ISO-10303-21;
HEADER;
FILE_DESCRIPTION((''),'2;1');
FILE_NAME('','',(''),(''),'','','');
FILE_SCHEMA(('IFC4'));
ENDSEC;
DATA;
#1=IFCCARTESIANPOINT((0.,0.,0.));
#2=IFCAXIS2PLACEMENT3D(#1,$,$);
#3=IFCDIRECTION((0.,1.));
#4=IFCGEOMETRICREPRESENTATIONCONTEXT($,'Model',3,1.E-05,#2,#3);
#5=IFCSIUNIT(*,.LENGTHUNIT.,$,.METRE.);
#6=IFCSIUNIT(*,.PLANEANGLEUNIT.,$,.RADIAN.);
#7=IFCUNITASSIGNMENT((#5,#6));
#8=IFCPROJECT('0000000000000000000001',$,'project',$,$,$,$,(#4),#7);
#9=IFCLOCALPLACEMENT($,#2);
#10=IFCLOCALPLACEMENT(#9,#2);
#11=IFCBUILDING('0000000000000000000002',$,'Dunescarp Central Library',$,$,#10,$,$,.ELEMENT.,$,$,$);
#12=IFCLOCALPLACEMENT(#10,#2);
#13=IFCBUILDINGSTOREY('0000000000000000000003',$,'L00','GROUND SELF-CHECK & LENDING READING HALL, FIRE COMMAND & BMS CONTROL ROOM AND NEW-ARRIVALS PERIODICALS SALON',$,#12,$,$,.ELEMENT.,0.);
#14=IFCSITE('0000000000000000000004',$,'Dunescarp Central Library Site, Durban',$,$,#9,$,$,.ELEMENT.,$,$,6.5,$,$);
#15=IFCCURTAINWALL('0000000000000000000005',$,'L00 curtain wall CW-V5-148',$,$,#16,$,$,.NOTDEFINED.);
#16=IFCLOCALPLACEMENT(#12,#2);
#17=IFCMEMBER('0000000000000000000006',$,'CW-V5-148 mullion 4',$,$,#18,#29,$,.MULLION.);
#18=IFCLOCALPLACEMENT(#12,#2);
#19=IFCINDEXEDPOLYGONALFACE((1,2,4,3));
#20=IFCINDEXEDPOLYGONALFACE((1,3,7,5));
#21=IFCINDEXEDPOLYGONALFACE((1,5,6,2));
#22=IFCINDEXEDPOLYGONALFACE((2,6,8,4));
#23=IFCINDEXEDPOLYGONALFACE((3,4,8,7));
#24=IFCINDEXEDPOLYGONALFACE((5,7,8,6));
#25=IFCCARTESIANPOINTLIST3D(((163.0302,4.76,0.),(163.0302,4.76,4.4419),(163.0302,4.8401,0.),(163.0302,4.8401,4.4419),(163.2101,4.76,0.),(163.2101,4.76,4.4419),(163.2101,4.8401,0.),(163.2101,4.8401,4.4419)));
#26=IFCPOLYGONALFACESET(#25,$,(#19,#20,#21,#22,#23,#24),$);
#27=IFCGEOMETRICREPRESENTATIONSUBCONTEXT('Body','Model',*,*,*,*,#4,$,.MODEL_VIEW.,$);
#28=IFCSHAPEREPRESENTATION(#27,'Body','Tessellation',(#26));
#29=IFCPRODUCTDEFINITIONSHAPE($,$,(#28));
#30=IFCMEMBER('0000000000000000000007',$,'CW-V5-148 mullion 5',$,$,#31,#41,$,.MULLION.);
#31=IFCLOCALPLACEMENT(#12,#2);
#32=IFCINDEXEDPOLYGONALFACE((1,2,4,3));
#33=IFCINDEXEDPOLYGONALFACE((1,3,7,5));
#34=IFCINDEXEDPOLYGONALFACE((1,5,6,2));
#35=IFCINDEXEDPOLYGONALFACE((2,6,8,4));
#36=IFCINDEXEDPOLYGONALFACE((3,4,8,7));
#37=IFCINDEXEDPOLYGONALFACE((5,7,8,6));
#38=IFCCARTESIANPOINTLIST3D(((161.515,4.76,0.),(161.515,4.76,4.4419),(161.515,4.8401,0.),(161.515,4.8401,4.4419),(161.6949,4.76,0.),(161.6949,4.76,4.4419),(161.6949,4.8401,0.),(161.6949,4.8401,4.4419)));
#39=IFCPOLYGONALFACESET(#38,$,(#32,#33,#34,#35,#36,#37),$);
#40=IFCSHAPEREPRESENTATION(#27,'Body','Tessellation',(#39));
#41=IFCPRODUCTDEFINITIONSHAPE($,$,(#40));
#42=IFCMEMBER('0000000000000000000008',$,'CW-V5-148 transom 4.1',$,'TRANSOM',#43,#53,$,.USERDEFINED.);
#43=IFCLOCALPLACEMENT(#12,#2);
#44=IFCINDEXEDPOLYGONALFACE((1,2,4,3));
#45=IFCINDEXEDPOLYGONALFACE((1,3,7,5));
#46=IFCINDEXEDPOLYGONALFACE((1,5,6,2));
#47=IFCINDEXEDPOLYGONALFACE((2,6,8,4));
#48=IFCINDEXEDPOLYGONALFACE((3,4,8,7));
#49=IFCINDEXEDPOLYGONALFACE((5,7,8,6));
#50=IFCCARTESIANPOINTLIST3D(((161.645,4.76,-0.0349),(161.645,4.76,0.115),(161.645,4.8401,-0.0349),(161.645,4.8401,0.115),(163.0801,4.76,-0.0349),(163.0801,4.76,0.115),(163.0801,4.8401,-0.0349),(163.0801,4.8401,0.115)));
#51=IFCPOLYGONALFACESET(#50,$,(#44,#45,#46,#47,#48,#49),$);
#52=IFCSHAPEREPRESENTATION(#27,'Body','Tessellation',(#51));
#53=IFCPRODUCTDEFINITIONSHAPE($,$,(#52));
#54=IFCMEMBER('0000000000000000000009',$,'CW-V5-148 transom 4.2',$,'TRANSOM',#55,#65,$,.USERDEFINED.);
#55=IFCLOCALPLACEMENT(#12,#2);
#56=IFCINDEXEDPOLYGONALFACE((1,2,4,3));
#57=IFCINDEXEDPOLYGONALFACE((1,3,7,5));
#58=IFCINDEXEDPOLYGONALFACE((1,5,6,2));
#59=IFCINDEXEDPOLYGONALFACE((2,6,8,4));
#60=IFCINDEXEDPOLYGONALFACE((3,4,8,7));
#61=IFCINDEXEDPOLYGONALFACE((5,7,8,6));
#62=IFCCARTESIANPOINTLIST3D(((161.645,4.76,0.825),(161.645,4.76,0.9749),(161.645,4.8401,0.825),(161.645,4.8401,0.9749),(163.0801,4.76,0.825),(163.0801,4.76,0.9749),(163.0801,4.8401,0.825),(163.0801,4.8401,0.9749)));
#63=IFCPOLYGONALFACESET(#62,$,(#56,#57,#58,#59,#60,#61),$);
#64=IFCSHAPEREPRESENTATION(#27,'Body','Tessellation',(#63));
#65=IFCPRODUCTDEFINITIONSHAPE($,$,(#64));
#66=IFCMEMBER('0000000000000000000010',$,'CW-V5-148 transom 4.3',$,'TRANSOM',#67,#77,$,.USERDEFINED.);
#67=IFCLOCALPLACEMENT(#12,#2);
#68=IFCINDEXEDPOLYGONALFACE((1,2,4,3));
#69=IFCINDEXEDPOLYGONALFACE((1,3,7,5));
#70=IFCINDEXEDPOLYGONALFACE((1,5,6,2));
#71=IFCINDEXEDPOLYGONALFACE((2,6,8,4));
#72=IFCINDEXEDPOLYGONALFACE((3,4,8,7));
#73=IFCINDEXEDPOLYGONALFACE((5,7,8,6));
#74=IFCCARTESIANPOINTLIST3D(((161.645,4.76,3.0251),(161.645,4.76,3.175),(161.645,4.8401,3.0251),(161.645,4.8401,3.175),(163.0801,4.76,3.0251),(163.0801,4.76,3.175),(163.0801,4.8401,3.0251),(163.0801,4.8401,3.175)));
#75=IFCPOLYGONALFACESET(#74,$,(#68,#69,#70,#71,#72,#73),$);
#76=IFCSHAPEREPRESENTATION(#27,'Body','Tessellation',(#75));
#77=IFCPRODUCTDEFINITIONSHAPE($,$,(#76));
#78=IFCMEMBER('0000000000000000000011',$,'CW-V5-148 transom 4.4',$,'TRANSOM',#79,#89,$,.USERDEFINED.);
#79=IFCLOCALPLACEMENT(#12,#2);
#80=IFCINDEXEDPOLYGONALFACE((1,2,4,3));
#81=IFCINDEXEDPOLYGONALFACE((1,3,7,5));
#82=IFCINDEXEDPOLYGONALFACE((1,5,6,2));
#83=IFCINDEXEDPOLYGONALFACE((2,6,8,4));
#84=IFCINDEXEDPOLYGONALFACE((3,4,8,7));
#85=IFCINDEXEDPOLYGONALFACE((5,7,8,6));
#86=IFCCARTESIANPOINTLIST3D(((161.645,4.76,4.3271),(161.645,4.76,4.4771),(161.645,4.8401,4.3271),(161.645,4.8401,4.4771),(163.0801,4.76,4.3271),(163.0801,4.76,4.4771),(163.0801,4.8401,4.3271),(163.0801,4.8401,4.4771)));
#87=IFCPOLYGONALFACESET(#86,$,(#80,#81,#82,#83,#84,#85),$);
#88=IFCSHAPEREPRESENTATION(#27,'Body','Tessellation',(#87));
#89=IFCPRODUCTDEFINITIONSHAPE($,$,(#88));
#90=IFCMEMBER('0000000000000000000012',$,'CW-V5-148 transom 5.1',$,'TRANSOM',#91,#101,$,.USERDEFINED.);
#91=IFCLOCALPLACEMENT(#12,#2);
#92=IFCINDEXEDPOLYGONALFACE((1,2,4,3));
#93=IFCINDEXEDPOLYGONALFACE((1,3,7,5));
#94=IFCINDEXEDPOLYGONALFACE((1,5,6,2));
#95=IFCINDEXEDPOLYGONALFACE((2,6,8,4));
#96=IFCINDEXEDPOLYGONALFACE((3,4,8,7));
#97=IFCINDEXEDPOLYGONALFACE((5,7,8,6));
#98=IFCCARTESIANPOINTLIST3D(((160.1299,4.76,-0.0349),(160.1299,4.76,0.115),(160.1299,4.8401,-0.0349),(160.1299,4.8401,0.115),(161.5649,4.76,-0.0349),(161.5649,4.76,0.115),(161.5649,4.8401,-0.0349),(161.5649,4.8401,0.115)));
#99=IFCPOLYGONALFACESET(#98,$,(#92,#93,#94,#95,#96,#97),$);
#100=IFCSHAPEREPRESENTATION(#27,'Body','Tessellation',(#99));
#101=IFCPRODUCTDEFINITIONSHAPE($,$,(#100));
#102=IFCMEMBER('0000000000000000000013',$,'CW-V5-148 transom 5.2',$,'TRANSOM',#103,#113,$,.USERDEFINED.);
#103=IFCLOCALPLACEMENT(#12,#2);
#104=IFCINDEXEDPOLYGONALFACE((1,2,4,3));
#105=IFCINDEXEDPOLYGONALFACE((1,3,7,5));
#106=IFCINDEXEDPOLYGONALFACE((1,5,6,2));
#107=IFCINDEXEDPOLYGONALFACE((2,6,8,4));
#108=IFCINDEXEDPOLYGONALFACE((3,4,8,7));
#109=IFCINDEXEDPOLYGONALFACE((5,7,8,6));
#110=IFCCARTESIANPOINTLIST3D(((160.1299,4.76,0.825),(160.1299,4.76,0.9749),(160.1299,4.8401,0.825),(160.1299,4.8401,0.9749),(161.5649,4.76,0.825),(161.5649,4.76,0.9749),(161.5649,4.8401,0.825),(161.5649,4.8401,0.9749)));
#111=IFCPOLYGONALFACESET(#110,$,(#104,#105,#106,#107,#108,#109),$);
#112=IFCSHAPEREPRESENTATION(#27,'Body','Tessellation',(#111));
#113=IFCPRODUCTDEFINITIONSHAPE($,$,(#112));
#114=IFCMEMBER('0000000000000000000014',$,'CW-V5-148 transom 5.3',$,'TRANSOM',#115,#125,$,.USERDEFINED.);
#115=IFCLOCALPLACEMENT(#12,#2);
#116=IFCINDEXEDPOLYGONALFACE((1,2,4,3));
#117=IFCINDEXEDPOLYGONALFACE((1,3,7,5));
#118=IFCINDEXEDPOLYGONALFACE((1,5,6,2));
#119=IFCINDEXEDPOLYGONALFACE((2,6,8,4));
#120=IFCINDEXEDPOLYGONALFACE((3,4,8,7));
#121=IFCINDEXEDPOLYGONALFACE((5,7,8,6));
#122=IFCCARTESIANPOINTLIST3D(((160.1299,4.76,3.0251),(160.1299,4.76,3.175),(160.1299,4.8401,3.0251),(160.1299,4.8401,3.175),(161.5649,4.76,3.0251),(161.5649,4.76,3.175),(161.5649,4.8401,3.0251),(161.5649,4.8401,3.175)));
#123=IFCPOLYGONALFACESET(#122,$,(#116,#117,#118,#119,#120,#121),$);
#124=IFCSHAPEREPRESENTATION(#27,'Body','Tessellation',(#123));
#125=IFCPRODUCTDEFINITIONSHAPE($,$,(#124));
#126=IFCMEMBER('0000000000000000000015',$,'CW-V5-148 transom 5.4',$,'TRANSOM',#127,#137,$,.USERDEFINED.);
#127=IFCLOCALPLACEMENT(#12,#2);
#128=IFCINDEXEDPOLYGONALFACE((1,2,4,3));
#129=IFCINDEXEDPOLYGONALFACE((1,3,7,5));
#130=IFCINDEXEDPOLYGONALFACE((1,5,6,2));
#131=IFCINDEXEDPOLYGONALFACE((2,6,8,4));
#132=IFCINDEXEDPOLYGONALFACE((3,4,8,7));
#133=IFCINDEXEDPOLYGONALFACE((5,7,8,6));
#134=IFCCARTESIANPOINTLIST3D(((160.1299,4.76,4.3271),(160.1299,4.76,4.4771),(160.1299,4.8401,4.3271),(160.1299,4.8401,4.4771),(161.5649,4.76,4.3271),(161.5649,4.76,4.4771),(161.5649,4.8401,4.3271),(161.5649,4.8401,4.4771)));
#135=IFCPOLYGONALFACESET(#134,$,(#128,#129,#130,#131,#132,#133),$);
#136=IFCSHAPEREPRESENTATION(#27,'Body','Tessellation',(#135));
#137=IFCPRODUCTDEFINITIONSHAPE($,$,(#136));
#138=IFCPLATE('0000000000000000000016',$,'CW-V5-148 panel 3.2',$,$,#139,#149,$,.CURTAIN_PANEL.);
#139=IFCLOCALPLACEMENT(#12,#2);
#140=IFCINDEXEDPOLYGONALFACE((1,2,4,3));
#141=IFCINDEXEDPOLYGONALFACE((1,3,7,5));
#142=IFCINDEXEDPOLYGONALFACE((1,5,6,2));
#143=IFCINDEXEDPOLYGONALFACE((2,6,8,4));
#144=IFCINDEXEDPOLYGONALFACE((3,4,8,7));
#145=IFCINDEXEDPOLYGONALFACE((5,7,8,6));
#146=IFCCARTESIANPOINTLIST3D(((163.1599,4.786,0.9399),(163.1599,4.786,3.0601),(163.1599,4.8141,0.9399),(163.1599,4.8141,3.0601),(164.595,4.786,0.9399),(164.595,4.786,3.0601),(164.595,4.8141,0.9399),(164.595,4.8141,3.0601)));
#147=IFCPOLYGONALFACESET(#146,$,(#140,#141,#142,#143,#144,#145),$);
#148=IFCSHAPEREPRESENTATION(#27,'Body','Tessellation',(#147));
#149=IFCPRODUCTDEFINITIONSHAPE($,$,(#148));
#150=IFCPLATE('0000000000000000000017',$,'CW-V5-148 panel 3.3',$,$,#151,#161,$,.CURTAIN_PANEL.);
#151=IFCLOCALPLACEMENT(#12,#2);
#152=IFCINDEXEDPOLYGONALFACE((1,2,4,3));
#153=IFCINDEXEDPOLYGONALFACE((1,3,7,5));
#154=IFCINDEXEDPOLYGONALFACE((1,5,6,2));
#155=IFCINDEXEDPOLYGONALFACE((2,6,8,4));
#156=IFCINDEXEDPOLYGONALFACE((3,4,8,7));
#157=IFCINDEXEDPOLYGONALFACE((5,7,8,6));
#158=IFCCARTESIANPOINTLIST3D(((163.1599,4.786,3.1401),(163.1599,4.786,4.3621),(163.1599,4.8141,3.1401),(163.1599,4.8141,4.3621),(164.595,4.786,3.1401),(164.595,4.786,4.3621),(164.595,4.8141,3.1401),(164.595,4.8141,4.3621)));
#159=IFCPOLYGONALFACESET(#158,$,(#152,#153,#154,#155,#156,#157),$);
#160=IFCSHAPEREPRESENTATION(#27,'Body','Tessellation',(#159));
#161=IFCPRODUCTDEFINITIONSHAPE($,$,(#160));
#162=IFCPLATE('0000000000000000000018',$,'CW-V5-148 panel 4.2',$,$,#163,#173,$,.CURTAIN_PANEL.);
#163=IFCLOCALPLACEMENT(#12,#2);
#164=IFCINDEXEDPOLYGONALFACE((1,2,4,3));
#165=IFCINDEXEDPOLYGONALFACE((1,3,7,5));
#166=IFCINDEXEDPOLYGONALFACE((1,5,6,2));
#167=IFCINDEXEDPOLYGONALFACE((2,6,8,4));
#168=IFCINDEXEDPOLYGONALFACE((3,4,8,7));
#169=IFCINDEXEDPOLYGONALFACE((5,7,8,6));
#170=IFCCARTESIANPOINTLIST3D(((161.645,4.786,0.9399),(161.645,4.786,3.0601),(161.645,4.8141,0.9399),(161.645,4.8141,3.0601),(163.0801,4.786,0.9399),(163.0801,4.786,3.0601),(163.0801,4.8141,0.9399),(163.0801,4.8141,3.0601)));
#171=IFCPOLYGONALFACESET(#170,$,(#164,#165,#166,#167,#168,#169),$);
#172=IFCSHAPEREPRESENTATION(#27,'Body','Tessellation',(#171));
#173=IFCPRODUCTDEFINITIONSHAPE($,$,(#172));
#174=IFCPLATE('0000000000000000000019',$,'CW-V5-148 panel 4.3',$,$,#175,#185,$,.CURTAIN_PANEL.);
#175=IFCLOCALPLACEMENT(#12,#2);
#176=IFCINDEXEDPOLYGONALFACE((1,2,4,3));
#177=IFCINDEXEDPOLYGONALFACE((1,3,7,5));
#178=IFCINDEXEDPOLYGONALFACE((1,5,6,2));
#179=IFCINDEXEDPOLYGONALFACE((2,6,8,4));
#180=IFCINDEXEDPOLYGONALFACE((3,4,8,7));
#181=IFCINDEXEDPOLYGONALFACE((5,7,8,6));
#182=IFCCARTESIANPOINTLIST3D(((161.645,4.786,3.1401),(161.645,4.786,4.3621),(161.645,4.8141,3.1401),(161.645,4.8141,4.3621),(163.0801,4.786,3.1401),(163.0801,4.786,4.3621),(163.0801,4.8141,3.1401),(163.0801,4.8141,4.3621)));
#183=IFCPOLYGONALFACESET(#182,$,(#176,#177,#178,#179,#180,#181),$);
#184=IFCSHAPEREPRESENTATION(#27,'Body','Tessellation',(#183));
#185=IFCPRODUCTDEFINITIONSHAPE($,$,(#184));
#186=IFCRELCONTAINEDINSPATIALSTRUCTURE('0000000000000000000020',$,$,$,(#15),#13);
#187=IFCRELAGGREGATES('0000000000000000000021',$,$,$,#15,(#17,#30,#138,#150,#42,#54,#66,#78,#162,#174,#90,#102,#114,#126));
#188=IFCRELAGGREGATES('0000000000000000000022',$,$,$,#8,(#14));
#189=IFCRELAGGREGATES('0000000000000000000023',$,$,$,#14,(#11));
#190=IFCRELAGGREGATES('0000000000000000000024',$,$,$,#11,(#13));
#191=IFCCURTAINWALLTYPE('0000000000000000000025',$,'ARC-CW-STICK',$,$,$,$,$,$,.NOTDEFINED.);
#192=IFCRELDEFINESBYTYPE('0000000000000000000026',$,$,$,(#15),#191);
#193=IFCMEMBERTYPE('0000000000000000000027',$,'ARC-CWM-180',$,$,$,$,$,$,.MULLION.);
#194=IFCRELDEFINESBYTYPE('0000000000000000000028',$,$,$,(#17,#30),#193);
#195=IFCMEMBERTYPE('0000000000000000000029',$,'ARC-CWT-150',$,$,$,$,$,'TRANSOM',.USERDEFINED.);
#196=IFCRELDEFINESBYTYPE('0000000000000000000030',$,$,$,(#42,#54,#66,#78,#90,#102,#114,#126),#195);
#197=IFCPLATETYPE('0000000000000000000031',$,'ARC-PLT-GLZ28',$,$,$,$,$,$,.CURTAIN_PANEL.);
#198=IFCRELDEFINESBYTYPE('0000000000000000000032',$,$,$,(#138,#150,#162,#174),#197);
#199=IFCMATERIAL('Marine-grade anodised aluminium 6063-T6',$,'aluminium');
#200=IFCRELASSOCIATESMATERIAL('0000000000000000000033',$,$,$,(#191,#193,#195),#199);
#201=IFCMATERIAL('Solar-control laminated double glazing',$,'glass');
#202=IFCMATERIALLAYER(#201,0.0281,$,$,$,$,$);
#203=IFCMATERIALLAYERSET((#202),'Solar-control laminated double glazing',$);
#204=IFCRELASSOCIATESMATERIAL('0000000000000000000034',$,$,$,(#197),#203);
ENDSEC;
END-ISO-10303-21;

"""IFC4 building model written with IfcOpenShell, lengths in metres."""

from ifc_helpers import new_model, si_unit, direction, frame, origin, origin_2d, place, context, subcontext, project, spatial, rectangle, extrude, material, layer, layer_set, material_profile, profile_set, type_object, element, aggregate, save


model = new_model("IFC4")

# Units and contexts
model_context = context("Model", 3, precision=1e-05, world=origin(), true_north=direction((0.0, 1.0)))
body_context = subcontext(model_context, "Body", "Model", "MODEL_VIEW")
ifc_project = project(units=[si_unit("LENGTHUNIT", "METRE"), si_unit("PLANEANGLEUNIT", "RADIAN")], contexts=[model_context])

# Site, building, storey
site_placement = place(None, origin())
site = spatial("IfcSite", under=ifc_project, at=site_placement, Name="Dunescarp Central Library Site, Durban", CompositionType="ELEMENT", RefElevation=6.5)
building_placement = place(site_placement, origin())
building = spatial("IfcBuilding", under=site, at=building_placement, Name="Dunescarp Central Library", CompositionType="ELEMENT")
storey_placement = place(building_placement, origin())
storey = spatial("IfcBuildingStorey", under=building, at=storey_placement, Name="L00", Description="GROUND SELF-CHECK & LENDING READING HALL, FIRE COMMAND & BMS CONTROL ROOM AND NEW-ARRIVALS PERIODICALS SALON", CompositionType="ELEMENT", Elevation=0.0)

# Curtain wall, members, plates
ifc_material_1 = material(Name="Marine-grade anodised aluminium 6063-T6", Category="aluminium")
curtain_wall_type = type_object("IfcCurtainWallType", Name="ARC-CW-STICK", PredefinedType="NOTDEFINED", material=ifc_material_1)
curtain_wall_placement = place(storey_placement, origin())
curtain_wall = element("IfcCurtainWall", 1, at=curtain_wall_placement, inside=storey, type_object=curtain_wall_type, Name="L00 curtain wall CW-V5-148", PredefinedType="NOTDEFINED")
ifc_material_profile_1 = material_profile(ifc_material_1, rectangle(XDim=0.0801, YDim=0.1799, at=origin_2d()), Name="AL 80x180")
ifc_profile_set_1 = profile_set([ifc_material_profile_1], Name="Marine-grade anodised aluminium 6063-T6")
member_type_1 = type_object("IfcMemberType", Name="ARC-CWM-180", PredefinedType="MULLION", material=ifc_profile_set_1)
member_1_placement = place(storey_placement, frame((163.1201, 4.8, 0.0), z_axis=(0.0, 0.0, 1.0), x_axis=(0.0, -1.0, 0.0)))
member_1 = element("IfcMember", 2, at=member_1_placement, type_object=member_type_1, Name="CW-V5-148 mullion 4", PredefinedType="MULLION", context=body_context, shape_type="SweptSolid", body=[
    extrude(rectangle(XDim=0.0801, YDim=0.1799, at=origin_2d()), origin(), (0.0, 0.0, 1.0), 4.4419),
])
member_2_placement = place(storey_placement, frame((161.605, 4.8, 0.0), z_axis=(0.0, 0.0, 1.0), x_axis=(0.0, -1.0, 0.0)))
member_2 = element("IfcMember", 3, at=member_2_placement, type_object=member_type_1, Name="CW-V5-148 mullion 5", PredefinedType="MULLION", context=body_context, shape_type="SweptSolid", body=[
    extrude(rectangle(XDim=0.0801, YDim=0.1799, at=origin_2d()), origin(), (0.0, 0.0, 1.0), 4.4419),
])
ifc_material_profile_2 = material_profile(ifc_material_1, rectangle(XDim=0.0801, YDim=0.1499, at=origin_2d()), Name="AL 80x150")
ifc_profile_set_2 = profile_set([ifc_material_profile_2], Name="Marine-grade anodised aluminium 6063-T6")
member_type_2 = type_object("IfcMemberType", Name="ARC-CWT-150", ElementType="TRANSOM", PredefinedType="USERDEFINED", material=ifc_profile_set_2)
member_3_placement = place(storey_placement, frame((163.0801, 4.8, 0.04), z_axis=(-1.0, 0.0, 0.0), x_axis=(0.0, -1.0, 0.0)))
member_3 = element("IfcMember", 4, at=member_3_placement, type_object=member_type_2, Name="CW-V5-148 transom 4.1", ObjectType="TRANSOM", PredefinedType="USERDEFINED", context=body_context, shape_type="SweptSolid", body=[
    extrude(rectangle(XDim=0.0801, YDim=0.1499, at=origin_2d()), origin(), (0.0, 0.0, 1.0), 1.4351),
])
member_4_placement = place(storey_placement, frame((163.0801, 4.8, 0.8999), z_axis=(-1.0, 0.0, 0.0), x_axis=(0.0, -1.0, 0.0)))
member_4 = element("IfcMember", 5, at=member_4_placement, type_object=member_type_2, Name="CW-V5-148 transom 4.2", ObjectType="TRANSOM", PredefinedType="USERDEFINED", context=body_context, shape_type="SweptSolid", body=[
    extrude(rectangle(XDim=0.0801, YDim=0.1499, at=origin_2d()), origin(), (0.0, 0.0, 1.0), 1.4351),
])
member_5_placement = place(storey_placement, frame((163.0801, 4.8, 3.1001), z_axis=(-1.0, 0.0, 0.0), x_axis=(0.0, -1.0, 0.0)))
member_5 = element("IfcMember", 6, at=member_5_placement, type_object=member_type_2, Name="CW-V5-148 transom 4.3", ObjectType="TRANSOM", PredefinedType="USERDEFINED", context=body_context, shape_type="SweptSolid", body=[
    extrude(rectangle(XDim=0.0801, YDim=0.1499, at=origin_2d()), origin(), (0.0, 0.0, 1.0), 1.4351),
])
member_6_placement = place(storey_placement, frame((163.0801, 4.8, 4.4021), z_axis=(-1.0, 0.0, 0.0), x_axis=(0.0, -1.0, 0.0)))
member_6 = element("IfcMember", 7, at=member_6_placement, type_object=member_type_2, Name="CW-V5-148 transom 4.4", ObjectType="TRANSOM", PredefinedType="USERDEFINED", context=body_context, shape_type="SweptSolid", body=[
    extrude(rectangle(XDim=0.0801, YDim=0.1499, at=origin_2d()), origin(), (0.0, 0.0, 1.0), 1.4351),
])
member_7_placement = place(storey_placement, frame((161.5649, 4.8, 0.04), z_axis=(-1.0, 0.0, 0.0), x_axis=(0.0, -1.0, 0.0)))
member_7 = element("IfcMember", 8, at=member_7_placement, type_object=member_type_2, Name="CW-V5-148 transom 5.1", ObjectType="TRANSOM", PredefinedType="USERDEFINED", context=body_context, shape_type="SweptSolid", body=[
    extrude(rectangle(XDim=0.0801, YDim=0.1499, at=origin_2d()), origin(), (0.0, 0.0, 1.0), 1.4351),
])
member_8_placement = place(storey_placement, frame((161.5649, 4.8, 0.8999), z_axis=(-1.0, 0.0, 0.0), x_axis=(0.0, -1.0, 0.0)))
member_8 = element("IfcMember", 9, at=member_8_placement, type_object=member_type_2, Name="CW-V5-148 transom 5.2", ObjectType="TRANSOM", PredefinedType="USERDEFINED", context=body_context, shape_type="SweptSolid", body=[
    extrude(rectangle(XDim=0.0801, YDim=0.1499, at=origin_2d()), origin(), (0.0, 0.0, 1.0), 1.4351),
])
member_9_placement = place(storey_placement, frame((161.5649, 4.8, 3.1001), z_axis=(-1.0, 0.0, 0.0), x_axis=(0.0, -1.0, 0.0)))
member_9 = element("IfcMember", 10, at=member_9_placement, type_object=member_type_2, Name="CW-V5-148 transom 5.3", ObjectType="TRANSOM", PredefinedType="USERDEFINED", context=body_context, shape_type="SweptSolid", body=[
    extrude(rectangle(XDim=0.0801, YDim=0.1499, at=origin_2d()), origin(), (0.0, 0.0, 1.0), 1.4351),
])
member_10_placement = place(storey_placement, frame((161.5649, 4.8, 4.4021), z_axis=(-1.0, 0.0, 0.0), x_axis=(0.0, -1.0, 0.0)))
member_10 = element("IfcMember", 11, at=member_10_placement, type_object=member_type_2, Name="CW-V5-148 transom 5.4", ObjectType="TRANSOM", PredefinedType="USERDEFINED", context=body_context, shape_type="SweptSolid", body=[
    extrude(rectangle(XDim=0.0801, YDim=0.1499, at=origin_2d()), origin(), (0.0, 0.0, 1.0), 1.4351),
])
ifc_material_2 = material(Name="Solar-control laminated double glazing", Category="glass")
ifc_layer_1 = layer(ifc_material_2, 0.0281)
ifc_layer_set_1 = layer_set([ifc_layer_1], Name="Solar-control laminated double glazing")
plate_type_1 = type_object("IfcPlateType", Name="ARC-PLT-GLZ28", PredefinedType="CURTAIN_PANEL", material=ifc_layer_set_1)
plate_1_placement = place(storey_placement, frame((163.8774, 4.8, 0.9399), z_axis=(0.0, 0.0, 1.0), x_axis=(-1.0, 0.0, 0.0)))
plate_1 = element("IfcPlate", 12, at=plate_1_placement, type_object=plate_type_1, Name="CW-V5-148 panel 3.2", PredefinedType="CURTAIN_PANEL", context=body_context, shape_type="SweptSolid", body=[
    extrude(rectangle(XDim=1.4351, YDim=0.0281, at=origin_2d()), origin(), (0.0, 0.0, 1.0), 2.1201),
])
plate_2_placement = place(storey_placement, frame((163.8774, 4.8, 3.1401), z_axis=(0.0, 0.0, 1.0), x_axis=(-1.0, 0.0, 0.0)))
plate_2 = element("IfcPlate", 13, at=plate_2_placement, type_object=plate_type_1, Name="CW-V5-148 panel 3.3", PredefinedType="CURTAIN_PANEL", context=body_context, shape_type="SweptSolid", body=[
    extrude(rectangle(XDim=1.4351, YDim=0.0281, at=origin_2d()), origin(), (0.0, 0.0, 1.0), 1.2219),
])
plate_3_placement = place(storey_placement, frame((162.3625, 4.8, 0.9399), z_axis=(0.0, 0.0, 1.0), x_axis=(-1.0, 0.0, 0.0)))
plate_3 = element("IfcPlate", 14, at=plate_3_placement, type_object=plate_type_1, Name="CW-V5-148 panel 4.2", PredefinedType="CURTAIN_PANEL", context=body_context, shape_type="SweptSolid", body=[
    extrude(rectangle(XDim=1.4351, YDim=0.0281, at=origin_2d()), origin(), (0.0, 0.0, 1.0), 2.1201),
])
plate_4_placement = place(storey_placement, frame((162.3625, 4.8, 3.1401), z_axis=(0.0, 0.0, 1.0), x_axis=(-1.0, 0.0, 0.0)))
plate_4 = element("IfcPlate", 15, at=plate_4_placement, type_object=plate_type_1, Name="CW-V5-148 panel 4.3", PredefinedType="CURTAIN_PANEL", context=body_context, shape_type="SweptSolid", body=[
    extrude(rectangle(XDim=1.4351, YDim=0.0281, at=origin_2d()), origin(), (0.0, 0.0, 1.0), 1.2219),
])
aggregate(curtain_wall, [member_1, member_2, plate_1, plate_2, member_3, member_4, member_5, member_6, plate_3, plate_4, member_7, member_8, member_9, member_10])

save(model, "model.ifc")
